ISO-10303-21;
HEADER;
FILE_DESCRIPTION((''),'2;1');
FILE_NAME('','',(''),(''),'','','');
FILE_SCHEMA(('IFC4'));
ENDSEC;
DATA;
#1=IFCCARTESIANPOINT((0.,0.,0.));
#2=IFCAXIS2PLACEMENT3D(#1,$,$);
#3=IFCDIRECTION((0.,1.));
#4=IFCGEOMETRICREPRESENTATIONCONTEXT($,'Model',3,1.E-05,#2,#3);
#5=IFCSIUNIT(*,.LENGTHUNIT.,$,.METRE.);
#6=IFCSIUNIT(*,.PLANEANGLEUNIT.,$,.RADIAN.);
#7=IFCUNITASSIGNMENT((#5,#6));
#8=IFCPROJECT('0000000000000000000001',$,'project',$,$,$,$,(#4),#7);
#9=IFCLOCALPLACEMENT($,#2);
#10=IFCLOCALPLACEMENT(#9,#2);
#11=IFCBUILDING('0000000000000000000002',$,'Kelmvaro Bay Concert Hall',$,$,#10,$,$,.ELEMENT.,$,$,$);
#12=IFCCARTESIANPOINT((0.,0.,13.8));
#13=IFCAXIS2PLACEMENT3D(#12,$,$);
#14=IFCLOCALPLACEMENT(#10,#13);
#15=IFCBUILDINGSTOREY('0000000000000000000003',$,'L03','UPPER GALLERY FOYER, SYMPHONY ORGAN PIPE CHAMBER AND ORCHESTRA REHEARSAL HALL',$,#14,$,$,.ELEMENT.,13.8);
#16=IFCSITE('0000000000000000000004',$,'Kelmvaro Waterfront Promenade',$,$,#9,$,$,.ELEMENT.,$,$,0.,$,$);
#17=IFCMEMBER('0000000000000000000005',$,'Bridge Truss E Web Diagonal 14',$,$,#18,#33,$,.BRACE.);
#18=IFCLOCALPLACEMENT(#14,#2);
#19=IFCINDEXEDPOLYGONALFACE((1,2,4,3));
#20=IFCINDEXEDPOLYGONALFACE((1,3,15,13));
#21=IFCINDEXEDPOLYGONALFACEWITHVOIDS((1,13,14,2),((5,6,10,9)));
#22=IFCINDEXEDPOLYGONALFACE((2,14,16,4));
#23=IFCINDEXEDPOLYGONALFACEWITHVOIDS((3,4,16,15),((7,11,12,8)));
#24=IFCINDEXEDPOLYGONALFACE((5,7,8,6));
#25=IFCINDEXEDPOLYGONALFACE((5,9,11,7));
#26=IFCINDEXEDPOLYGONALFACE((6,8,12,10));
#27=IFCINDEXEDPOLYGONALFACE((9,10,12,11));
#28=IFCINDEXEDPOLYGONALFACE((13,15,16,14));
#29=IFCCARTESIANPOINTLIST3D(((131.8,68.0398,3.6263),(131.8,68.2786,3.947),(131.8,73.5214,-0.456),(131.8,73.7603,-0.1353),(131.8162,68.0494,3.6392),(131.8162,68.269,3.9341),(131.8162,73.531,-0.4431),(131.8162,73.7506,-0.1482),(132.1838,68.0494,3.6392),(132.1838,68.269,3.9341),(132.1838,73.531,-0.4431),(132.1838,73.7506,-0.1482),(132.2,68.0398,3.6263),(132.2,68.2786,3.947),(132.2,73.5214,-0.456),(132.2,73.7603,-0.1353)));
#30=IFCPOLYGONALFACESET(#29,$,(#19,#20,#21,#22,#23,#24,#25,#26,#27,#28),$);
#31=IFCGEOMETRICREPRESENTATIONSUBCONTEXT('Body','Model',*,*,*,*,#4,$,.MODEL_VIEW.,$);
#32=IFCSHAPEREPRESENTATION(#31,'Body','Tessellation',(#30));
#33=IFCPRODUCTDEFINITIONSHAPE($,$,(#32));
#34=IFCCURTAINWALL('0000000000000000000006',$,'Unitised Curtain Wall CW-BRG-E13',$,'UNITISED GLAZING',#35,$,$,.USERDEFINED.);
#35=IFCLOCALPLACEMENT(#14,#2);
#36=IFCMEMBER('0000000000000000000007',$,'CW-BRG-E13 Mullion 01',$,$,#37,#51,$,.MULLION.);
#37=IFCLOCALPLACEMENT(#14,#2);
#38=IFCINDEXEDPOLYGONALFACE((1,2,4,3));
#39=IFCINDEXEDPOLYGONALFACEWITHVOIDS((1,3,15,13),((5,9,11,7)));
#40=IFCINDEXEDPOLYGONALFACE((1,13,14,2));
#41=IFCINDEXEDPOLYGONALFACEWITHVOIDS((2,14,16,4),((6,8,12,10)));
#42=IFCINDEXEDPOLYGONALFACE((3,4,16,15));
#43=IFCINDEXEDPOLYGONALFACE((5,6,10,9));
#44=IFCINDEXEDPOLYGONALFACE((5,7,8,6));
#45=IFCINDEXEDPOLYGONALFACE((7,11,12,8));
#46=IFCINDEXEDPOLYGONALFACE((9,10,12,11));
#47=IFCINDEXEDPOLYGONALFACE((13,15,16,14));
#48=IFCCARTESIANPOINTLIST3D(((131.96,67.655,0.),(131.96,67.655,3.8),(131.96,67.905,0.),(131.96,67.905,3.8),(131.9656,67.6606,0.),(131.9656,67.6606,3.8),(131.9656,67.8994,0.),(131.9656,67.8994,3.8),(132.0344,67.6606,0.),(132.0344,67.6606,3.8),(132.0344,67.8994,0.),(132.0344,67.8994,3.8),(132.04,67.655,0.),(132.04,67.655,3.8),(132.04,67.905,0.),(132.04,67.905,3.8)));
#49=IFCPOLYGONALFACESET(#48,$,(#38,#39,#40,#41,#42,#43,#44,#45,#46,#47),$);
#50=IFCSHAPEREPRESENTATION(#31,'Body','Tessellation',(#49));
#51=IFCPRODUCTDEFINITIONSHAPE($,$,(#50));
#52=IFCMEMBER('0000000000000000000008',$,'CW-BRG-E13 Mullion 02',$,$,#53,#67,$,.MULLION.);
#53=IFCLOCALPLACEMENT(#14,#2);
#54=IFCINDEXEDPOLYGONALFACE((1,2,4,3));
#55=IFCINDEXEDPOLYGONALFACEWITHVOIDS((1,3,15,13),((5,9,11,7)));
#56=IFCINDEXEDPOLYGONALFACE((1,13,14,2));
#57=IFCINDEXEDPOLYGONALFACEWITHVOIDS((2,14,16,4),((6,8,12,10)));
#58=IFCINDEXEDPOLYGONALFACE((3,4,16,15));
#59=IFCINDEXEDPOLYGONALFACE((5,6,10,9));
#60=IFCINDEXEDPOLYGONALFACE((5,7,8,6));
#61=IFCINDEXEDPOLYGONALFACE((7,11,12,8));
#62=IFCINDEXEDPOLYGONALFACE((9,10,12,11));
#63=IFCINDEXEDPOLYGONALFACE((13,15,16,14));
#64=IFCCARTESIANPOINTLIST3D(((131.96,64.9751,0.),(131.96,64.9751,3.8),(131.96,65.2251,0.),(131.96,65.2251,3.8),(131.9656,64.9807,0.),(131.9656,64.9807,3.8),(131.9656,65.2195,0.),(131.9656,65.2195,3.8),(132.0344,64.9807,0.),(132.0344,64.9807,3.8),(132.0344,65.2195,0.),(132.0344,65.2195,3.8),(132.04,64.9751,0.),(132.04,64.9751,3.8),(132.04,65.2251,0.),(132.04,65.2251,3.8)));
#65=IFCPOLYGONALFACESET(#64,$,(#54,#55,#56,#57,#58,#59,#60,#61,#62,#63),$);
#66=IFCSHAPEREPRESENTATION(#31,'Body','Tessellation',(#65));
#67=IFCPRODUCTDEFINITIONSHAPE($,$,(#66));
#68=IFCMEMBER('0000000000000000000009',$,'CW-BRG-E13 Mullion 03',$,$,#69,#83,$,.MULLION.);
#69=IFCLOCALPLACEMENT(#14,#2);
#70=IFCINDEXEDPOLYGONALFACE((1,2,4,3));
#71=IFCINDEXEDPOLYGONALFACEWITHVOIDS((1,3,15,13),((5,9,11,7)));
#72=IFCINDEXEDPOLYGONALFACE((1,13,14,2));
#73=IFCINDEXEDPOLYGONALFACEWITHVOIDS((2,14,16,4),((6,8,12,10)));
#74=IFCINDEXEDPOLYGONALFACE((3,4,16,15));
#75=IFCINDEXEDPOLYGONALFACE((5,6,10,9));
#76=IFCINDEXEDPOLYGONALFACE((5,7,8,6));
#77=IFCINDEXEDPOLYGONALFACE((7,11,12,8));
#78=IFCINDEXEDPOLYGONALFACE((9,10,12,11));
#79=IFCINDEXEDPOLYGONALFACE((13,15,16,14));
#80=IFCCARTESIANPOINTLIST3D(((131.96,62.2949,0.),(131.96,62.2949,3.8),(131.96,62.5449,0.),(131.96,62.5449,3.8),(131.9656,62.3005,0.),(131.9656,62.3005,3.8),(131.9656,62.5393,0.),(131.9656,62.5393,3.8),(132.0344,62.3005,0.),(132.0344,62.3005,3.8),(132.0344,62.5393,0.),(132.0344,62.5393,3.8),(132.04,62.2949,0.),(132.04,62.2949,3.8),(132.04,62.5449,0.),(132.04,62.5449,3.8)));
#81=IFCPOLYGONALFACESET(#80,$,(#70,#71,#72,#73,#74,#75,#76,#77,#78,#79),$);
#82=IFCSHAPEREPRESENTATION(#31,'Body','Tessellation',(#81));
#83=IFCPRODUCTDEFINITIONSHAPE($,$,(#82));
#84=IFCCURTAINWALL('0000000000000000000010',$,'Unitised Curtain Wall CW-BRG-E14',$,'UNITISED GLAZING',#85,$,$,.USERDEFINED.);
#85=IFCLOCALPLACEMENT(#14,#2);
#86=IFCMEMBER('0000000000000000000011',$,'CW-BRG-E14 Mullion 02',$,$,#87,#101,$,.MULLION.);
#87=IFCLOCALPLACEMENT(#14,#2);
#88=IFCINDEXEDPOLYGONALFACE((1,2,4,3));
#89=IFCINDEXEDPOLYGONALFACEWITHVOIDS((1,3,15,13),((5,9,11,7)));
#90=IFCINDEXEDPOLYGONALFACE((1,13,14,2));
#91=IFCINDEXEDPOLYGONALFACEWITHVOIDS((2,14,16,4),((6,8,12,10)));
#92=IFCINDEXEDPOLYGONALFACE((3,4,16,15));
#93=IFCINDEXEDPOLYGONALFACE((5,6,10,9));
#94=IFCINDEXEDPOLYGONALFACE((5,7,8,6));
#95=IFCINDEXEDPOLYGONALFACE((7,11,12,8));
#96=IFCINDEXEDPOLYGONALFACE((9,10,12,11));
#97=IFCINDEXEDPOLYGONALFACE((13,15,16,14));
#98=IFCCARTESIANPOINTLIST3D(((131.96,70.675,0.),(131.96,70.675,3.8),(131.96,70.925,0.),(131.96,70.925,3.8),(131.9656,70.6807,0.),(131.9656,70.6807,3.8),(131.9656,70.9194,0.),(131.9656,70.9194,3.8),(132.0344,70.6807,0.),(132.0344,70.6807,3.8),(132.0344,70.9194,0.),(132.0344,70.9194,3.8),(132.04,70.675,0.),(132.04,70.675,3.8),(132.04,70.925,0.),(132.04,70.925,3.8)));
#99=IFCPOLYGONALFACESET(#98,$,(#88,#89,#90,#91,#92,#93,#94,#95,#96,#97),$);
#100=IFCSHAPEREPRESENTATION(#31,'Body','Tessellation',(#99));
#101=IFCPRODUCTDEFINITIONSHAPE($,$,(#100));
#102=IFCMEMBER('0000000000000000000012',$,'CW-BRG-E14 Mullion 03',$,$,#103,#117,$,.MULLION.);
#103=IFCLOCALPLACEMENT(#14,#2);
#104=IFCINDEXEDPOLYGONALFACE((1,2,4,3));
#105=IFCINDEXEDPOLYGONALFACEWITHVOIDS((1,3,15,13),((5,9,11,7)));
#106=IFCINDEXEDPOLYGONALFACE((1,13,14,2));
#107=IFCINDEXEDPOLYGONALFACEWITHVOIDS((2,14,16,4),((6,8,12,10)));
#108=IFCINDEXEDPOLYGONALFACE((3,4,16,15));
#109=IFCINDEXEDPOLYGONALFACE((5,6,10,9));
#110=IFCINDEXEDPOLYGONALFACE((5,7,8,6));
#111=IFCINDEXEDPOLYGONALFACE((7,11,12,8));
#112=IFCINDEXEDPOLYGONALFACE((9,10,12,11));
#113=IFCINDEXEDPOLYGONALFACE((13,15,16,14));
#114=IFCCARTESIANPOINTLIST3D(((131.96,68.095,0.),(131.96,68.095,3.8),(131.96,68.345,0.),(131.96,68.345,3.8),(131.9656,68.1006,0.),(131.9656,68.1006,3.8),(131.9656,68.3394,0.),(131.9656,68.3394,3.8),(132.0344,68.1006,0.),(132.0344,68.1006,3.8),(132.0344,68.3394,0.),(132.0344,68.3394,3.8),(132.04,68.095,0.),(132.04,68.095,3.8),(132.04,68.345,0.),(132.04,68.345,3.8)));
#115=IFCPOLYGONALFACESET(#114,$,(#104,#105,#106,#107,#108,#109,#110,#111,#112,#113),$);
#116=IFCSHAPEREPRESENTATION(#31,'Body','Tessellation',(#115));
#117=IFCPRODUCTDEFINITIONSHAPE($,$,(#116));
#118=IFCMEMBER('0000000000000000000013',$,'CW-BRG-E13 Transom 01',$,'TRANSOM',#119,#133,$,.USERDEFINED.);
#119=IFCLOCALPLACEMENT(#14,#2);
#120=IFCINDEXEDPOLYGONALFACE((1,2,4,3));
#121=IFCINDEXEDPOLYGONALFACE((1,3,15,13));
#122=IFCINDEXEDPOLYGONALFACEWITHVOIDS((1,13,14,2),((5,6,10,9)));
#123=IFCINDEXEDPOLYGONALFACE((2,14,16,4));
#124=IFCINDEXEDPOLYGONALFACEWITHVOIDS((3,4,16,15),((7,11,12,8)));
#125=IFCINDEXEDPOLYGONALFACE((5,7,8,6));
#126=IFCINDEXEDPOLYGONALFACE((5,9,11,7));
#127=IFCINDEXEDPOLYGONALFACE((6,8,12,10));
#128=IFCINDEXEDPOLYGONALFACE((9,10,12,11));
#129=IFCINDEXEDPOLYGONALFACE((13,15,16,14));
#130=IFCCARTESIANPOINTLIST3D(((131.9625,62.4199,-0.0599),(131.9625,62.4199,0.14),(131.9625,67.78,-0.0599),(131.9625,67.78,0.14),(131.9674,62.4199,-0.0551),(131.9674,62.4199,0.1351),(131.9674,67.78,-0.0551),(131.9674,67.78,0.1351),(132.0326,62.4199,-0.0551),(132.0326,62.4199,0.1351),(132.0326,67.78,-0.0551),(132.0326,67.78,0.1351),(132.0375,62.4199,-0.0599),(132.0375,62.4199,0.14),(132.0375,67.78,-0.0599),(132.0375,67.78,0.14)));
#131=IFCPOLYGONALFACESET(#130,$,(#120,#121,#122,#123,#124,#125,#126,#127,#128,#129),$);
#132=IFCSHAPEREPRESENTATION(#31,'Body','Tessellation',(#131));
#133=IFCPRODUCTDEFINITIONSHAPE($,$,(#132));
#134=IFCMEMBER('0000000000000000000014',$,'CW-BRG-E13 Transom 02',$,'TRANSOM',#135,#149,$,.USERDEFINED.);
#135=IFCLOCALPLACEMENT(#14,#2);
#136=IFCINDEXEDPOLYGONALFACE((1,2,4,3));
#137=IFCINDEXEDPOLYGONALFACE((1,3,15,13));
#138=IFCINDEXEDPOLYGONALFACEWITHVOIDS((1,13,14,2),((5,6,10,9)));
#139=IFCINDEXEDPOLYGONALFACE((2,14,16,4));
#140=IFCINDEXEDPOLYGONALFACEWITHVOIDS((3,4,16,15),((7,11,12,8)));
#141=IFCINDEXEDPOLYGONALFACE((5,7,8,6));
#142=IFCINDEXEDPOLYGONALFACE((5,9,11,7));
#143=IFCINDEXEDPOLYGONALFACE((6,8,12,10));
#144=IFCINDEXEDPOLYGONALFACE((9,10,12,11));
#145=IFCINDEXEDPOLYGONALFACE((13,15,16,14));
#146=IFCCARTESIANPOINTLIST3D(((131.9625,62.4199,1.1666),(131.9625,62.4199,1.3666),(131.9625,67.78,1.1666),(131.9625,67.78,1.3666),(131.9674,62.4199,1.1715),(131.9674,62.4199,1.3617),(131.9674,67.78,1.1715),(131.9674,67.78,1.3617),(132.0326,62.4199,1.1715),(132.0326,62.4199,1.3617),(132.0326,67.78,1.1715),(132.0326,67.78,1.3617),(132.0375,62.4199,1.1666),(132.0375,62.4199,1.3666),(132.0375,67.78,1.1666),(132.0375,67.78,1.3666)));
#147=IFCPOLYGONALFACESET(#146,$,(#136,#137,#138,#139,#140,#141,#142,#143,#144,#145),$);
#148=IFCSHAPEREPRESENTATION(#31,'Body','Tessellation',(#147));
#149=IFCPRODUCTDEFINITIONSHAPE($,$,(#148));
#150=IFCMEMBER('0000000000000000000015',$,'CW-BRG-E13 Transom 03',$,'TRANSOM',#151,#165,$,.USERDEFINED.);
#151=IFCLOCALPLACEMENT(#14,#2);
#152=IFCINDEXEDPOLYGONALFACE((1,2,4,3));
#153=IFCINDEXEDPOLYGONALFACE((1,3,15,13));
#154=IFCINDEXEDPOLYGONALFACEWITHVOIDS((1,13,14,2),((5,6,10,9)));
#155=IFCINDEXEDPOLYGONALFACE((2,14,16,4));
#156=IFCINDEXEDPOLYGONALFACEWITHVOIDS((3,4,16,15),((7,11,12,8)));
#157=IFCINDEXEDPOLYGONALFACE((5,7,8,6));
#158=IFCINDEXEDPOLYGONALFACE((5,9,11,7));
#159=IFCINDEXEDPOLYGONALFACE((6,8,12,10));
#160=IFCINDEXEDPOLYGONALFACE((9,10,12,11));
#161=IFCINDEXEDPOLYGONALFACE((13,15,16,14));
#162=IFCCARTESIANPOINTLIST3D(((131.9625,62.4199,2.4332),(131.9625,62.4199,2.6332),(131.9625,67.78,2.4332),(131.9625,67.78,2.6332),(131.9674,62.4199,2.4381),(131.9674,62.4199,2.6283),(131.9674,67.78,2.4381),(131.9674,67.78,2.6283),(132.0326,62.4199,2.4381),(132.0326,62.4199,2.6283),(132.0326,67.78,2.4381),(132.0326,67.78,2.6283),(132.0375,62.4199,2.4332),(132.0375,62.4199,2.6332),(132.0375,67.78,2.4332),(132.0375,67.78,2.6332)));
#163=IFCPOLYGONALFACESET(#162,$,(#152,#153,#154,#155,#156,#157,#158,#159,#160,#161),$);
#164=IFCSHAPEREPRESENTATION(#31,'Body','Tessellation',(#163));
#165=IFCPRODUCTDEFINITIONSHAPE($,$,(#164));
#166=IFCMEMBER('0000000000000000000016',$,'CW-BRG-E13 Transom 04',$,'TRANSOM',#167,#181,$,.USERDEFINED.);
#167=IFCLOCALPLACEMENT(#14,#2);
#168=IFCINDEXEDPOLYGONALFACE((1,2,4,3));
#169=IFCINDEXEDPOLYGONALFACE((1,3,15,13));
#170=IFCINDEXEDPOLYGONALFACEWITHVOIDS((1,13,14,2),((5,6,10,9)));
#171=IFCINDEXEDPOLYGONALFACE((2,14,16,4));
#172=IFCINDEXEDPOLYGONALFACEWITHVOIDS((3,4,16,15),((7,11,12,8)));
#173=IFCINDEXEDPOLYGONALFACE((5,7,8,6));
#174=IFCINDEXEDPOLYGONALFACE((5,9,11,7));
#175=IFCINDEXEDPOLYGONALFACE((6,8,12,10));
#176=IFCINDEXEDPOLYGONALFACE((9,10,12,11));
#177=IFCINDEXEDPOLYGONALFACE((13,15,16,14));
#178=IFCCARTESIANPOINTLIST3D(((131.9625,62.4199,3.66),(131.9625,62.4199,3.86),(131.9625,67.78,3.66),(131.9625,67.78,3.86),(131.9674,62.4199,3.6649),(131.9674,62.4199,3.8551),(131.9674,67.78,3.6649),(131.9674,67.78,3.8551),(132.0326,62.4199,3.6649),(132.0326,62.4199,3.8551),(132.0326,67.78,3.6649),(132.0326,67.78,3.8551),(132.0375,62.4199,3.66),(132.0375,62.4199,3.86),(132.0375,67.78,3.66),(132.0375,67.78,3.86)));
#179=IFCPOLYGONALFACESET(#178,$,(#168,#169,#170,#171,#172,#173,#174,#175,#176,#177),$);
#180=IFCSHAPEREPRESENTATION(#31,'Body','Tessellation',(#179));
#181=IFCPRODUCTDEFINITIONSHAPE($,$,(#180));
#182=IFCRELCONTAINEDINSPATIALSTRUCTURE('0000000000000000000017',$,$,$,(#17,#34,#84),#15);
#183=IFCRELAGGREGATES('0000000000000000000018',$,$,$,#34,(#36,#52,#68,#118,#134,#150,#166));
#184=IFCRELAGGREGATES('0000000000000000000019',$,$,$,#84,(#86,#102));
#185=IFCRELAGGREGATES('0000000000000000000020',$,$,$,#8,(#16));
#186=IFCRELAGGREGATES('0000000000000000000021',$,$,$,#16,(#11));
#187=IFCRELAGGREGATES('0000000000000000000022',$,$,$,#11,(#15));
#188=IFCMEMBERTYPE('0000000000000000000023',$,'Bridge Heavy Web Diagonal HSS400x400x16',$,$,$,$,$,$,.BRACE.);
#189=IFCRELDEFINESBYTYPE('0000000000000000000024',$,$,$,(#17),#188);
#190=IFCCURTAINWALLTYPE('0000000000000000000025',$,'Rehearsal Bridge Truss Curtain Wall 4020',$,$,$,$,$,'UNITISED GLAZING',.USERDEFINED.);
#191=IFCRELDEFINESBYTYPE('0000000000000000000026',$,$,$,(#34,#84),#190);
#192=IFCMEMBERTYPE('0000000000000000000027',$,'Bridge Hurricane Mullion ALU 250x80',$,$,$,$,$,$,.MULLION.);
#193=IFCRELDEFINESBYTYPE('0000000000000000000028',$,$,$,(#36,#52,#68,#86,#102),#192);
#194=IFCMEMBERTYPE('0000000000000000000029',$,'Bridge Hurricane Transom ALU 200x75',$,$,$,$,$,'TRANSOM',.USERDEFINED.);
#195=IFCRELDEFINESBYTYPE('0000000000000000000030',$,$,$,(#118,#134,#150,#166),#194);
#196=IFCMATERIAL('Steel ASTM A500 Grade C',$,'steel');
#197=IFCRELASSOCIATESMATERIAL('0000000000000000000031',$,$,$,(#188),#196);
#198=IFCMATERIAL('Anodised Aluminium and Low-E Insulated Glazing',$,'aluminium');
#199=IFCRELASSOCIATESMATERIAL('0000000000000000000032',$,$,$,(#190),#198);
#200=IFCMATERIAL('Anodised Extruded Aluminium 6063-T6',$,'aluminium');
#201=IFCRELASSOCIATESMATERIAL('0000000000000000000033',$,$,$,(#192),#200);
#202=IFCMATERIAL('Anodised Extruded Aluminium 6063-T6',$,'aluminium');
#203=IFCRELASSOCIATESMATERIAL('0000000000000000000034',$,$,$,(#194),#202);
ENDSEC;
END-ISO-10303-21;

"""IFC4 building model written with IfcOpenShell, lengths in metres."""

from ifc_helpers import new_model, si_unit, direction, frame, origin, origin_2d, place, context, subcontext, project, spatial, hollow_rectangle, extrude, material, material_profile, profile_set, type_object, element, aggregate, save


model = new_model("IFC4")

# Units and contexts
model_context = context("Model", 3, precision=1e-05, world=origin(), true_north=direction((0.0, 1.0)))
body_context = subcontext(model_context, "Body", "Model", "MODEL_VIEW")
ifc_project = project(units=[si_unit("LENGTHUNIT", "METRE"), si_unit("PLANEANGLEUNIT", "RADIAN")], contexts=[model_context])

# Site, building, storey
site_placement = place(None, origin())
site = spatial("IfcSite", under=ifc_project, at=site_placement, Name="Kelmvaro Waterfront Promenade", CompositionType="ELEMENT", RefElevation=0.0)
building_placement = place(site_placement, origin())
building = spatial("IfcBuilding", under=site, at=building_placement, Name="Kelmvaro Bay Concert Hall", CompositionType="ELEMENT")
storey_placement = place(building_placement, frame((0.0, 0.0, 13.8)))
storey = spatial("IfcBuildingStorey", under=building, at=storey_placement, Name="L03", Description="UPPER GALLERY FOYER, SYMPHONY ORGAN PIPE CHAMBER AND ORCHESTRA REHEARSAL HALL", CompositionType="ELEMENT", Elevation=13.8)

# Member
ifc_material_1 = material(Name="Steel ASTM A500 Grade C", Category="steel")
ifc_material_profile_1 = material_profile(ifc_material_1, hollow_rectangle(XDim=0.3999, YDim=0.3999, WallThickness=0.0161, at=origin_2d()), Name="HSS400X400X16")
ifc_profile_set_1 = profile_set([ifc_material_profile_1], Name="Steel ASTM A500 Grade C")
member_type_1 = type_object("IfcMemberType", Name="Bridge Heavy Web Diagonal HSS400x400x16", PredefinedType="BRACE", material=ifc_profile_set_1)
member_1_placement = place(storey_placement, frame((132.0, 68.1592, 3.7866), z_axis=(0.0, 0.802031, -0.597282), x_axis=(-1.0, 0.0, 0.0)))
element("IfcMember", 1, at=member_1_placement, inside=storey, type_object=member_type_1, Name="Bridge Truss E Web Diagonal 14", PredefinedType="BRACE", context=body_context, shape_type="SweptSolid", body=[
    extrude(hollow_rectangle(XDim=0.3999, YDim=0.3999, WallThickness=0.0161, at=origin_2d()), origin(), (0.0, 0.0, 1.0), 6.8347),
])

# Curtain walls, members
ifc_material_2 = material(Name="Anodised Aluminium and Low-E Insulated Glazing", Category="aluminium")
curtain_wall_type = type_object("IfcCurtainWallType", Name="Rehearsal Bridge Truss Curtain Wall 4020", ElementType="UNITISED GLAZING", PredefinedType="USERDEFINED", material=ifc_material_2)
curtain_wall_1_placement = place(storey_placement, origin())
curtain_wall_1 = element("IfcCurtainWall", 2, at=curtain_wall_1_placement, inside=storey, type_object=curtain_wall_type, Name="Unitised Curtain Wall CW-BRG-E13", ObjectType="UNITISED GLAZING", PredefinedType="USERDEFINED")
ifc_material_3 = material(Name="Anodised Extruded Aluminium 6063-T6", Category="aluminium")
ifc_material_profile_2 = material_profile(ifc_material_3, hollow_rectangle(XDim=0.0801, YDim=0.25, WallThickness=0.0056, at=origin_2d()), Name="ALU-MUL-250X80")
ifc_profile_set_2 = profile_set([ifc_material_profile_2], Name="Anodised Extruded Aluminium 6063-T6")
member_type_2 = type_object("IfcMemberType", Name="Bridge Hurricane Mullion ALU 250x80", PredefinedType="MULLION", material=ifc_profile_set_2)
member_2_placement = place(storey_placement, frame((132.0, 67.78, 0.0), z_axis=(0.0, 0.0, 1.0), x_axis=(1.0, 0.0, 0.0)))
member_2 = element("IfcMember", 3, at=member_2_placement, type_object=member_type_2, Name="CW-BRG-E13 Mullion 01", PredefinedType="MULLION", context=body_context, shape_type="SweptSolid", body=[
    extrude(hollow_rectangle(XDim=0.0801, YDim=0.25, WallThickness=0.0056, at=origin_2d()), origin(), (0.0, 0.0, 1.0), 3.8),
])
member_3_placement = place(storey_placement, frame((132.0, 65.1001, 0.0), z_axis=(0.0, 0.0, 1.0), x_axis=(1.0, 0.0, 0.0)))
member_3 = element("IfcMember", 4, at=member_3_placement, type_object=member_type_2, Name="CW-BRG-E13 Mullion 02", PredefinedType="MULLION", context=body_context, shape_type="SweptSolid", body=[
    extrude(hollow_rectangle(XDim=0.0801, YDim=0.25, WallThickness=0.0056, at=origin_2d()), origin(), (0.0, 0.0, 1.0), 3.8),
])
member_4_placement = place(storey_placement, frame((132.0, 62.4199, 0.0), z_axis=(0.0, 0.0, 1.0), x_axis=(1.0, 0.0, 0.0)))
member_4 = element("IfcMember", 5, at=member_4_placement, type_object=member_type_2, Name="CW-BRG-E13 Mullion 03", PredefinedType="MULLION", context=body_context, shape_type="SweptSolid", body=[
    extrude(hollow_rectangle(XDim=0.0801, YDim=0.25, WallThickness=0.0056, at=origin_2d()), origin(), (0.0, 0.0, 1.0), 3.8),
])
curtain_wall_2_placement = place(storey_placement, origin())
curtain_wall_2 = element("IfcCurtainWall", 6, at=curtain_wall_2_placement, inside=storey, type_object=curtain_wall_type, Name="Unitised Curtain Wall CW-BRG-E14", ObjectType="UNITISED GLAZING", PredefinedType="USERDEFINED")
member_5_placement = place(storey_placement, frame((132.0, 70.8, 0.0), z_axis=(0.0, 0.0, 1.0), x_axis=(1.0, 0.0, 0.0)))
member_5 = element("IfcMember", 7, at=member_5_placement, type_object=member_type_2, Name="CW-BRG-E14 Mullion 02", PredefinedType="MULLION", context=body_context, shape_type="SweptSolid", body=[
    extrude(hollow_rectangle(XDim=0.0801, YDim=0.25, WallThickness=0.0056, at=origin_2d()), origin(), (0.0, 0.0, 1.0), 3.8),
])
member_6_placement = place(storey_placement, frame((132.0, 68.22, 0.0), z_axis=(0.0, 0.0, 1.0), x_axis=(1.0, 0.0, 0.0)))
member_6 = element("IfcMember", 8, at=member_6_placement, type_object=member_type_2, Name="CW-BRG-E14 Mullion 03", PredefinedType="MULLION", context=body_context, shape_type="SweptSolid", body=[
    extrude(hollow_rectangle(XDim=0.0801, YDim=0.25, WallThickness=0.0056, at=origin_2d()), origin(), (0.0, 0.0, 1.0), 3.8),
])

# Members
ifc_material_4 = material(Name="Anodised Extruded Aluminium 6063-T6", Category="aluminium")
ifc_material_profile_3 = material_profile(ifc_material_4, hollow_rectangle(XDim=0.075, YDim=0.2, WallThickness=0.0049, at=origin_2d()), Name="ALU-TRN-200X75")
ifc_profile_set_3 = profile_set([ifc_material_profile_3], Name="Anodised Extruded Aluminium 6063-T6")
member_type_3 = type_object("IfcMemberType", Name="Bridge Hurricane Transom ALU 200x75", ElementType="TRANSOM", PredefinedType="USERDEFINED", material=ifc_profile_set_3)
member_7_placement = place(storey_placement, frame((132.0, 67.78, 0.04), z_axis=(0.0, -1.0, 0.0), x_axis=(1.0, 0.0, 0.0)))
member_7 = element("IfcMember", 9, at=member_7_placement, type_object=member_type_3, Name="CW-BRG-E13 Transom 01", ObjectType="TRANSOM", PredefinedType="USERDEFINED", context=body_context, shape_type="SweptSolid", body=[
    extrude(hollow_rectangle(XDim=0.075, YDim=0.2, WallThickness=0.0049, at=origin_2d()), origin(), (0.0, 0.0, 1.0), 5.3601),
])
member_8_placement = place(storey_placement, frame((132.0, 67.78, 1.2666), z_axis=(0.0, -1.0, 0.0), x_axis=(1.0, 0.0, 0.0)))
member_8 = element("IfcMember", 10, at=member_8_placement, type_object=member_type_3, Name="CW-BRG-E13 Transom 02", ObjectType="TRANSOM", PredefinedType="USERDEFINED", context=body_context, shape_type="SweptSolid", body=[
    extrude(hollow_rectangle(XDim=0.075, YDim=0.2, WallThickness=0.0049, at=origin_2d()), origin(), (0.0, 0.0, 1.0), 5.3601),
])
member_9_placement = place(storey_placement, frame((132.0, 67.78, 2.5332), z_axis=(0.0, -1.0, 0.0), x_axis=(1.0, 0.0, 0.0)))
member_9 = element("IfcMember", 11, at=member_9_placement, type_object=member_type_3, Name="CW-BRG-E13 Transom 03", ObjectType="TRANSOM", PredefinedType="USERDEFINED", context=body_context, shape_type="SweptSolid", body=[
    extrude(hollow_rectangle(XDim=0.075, YDim=0.2, WallThickness=0.0049, at=origin_2d()), origin(), (0.0, 0.0, 1.0), 5.3601),
])
member_10_placement = place(storey_placement, frame((132.0, 67.78, 3.76), z_axis=(0.0, -1.0, 0.0), x_axis=(1.0, 0.0, 0.0)))
member_10 = element("IfcMember", 12, at=member_10_placement, type_object=member_type_3, Name="CW-BRG-E13 Transom 04", ObjectType="TRANSOM", PredefinedType="USERDEFINED", context=body_context, shape_type="SweptSolid", body=[
    extrude(hollow_rectangle(XDim=0.075, YDim=0.2, WallThickness=0.0049, at=origin_2d()), origin(), (0.0, 0.0, 1.0), 5.3601),
])

aggregate(curtain_wall_1, [member_2, member_3, member_4, member_7, member_8, member_9, member_10])
aggregate(curtain_wall_2, [member_5, member_6])

save(model, "model.ifc")
